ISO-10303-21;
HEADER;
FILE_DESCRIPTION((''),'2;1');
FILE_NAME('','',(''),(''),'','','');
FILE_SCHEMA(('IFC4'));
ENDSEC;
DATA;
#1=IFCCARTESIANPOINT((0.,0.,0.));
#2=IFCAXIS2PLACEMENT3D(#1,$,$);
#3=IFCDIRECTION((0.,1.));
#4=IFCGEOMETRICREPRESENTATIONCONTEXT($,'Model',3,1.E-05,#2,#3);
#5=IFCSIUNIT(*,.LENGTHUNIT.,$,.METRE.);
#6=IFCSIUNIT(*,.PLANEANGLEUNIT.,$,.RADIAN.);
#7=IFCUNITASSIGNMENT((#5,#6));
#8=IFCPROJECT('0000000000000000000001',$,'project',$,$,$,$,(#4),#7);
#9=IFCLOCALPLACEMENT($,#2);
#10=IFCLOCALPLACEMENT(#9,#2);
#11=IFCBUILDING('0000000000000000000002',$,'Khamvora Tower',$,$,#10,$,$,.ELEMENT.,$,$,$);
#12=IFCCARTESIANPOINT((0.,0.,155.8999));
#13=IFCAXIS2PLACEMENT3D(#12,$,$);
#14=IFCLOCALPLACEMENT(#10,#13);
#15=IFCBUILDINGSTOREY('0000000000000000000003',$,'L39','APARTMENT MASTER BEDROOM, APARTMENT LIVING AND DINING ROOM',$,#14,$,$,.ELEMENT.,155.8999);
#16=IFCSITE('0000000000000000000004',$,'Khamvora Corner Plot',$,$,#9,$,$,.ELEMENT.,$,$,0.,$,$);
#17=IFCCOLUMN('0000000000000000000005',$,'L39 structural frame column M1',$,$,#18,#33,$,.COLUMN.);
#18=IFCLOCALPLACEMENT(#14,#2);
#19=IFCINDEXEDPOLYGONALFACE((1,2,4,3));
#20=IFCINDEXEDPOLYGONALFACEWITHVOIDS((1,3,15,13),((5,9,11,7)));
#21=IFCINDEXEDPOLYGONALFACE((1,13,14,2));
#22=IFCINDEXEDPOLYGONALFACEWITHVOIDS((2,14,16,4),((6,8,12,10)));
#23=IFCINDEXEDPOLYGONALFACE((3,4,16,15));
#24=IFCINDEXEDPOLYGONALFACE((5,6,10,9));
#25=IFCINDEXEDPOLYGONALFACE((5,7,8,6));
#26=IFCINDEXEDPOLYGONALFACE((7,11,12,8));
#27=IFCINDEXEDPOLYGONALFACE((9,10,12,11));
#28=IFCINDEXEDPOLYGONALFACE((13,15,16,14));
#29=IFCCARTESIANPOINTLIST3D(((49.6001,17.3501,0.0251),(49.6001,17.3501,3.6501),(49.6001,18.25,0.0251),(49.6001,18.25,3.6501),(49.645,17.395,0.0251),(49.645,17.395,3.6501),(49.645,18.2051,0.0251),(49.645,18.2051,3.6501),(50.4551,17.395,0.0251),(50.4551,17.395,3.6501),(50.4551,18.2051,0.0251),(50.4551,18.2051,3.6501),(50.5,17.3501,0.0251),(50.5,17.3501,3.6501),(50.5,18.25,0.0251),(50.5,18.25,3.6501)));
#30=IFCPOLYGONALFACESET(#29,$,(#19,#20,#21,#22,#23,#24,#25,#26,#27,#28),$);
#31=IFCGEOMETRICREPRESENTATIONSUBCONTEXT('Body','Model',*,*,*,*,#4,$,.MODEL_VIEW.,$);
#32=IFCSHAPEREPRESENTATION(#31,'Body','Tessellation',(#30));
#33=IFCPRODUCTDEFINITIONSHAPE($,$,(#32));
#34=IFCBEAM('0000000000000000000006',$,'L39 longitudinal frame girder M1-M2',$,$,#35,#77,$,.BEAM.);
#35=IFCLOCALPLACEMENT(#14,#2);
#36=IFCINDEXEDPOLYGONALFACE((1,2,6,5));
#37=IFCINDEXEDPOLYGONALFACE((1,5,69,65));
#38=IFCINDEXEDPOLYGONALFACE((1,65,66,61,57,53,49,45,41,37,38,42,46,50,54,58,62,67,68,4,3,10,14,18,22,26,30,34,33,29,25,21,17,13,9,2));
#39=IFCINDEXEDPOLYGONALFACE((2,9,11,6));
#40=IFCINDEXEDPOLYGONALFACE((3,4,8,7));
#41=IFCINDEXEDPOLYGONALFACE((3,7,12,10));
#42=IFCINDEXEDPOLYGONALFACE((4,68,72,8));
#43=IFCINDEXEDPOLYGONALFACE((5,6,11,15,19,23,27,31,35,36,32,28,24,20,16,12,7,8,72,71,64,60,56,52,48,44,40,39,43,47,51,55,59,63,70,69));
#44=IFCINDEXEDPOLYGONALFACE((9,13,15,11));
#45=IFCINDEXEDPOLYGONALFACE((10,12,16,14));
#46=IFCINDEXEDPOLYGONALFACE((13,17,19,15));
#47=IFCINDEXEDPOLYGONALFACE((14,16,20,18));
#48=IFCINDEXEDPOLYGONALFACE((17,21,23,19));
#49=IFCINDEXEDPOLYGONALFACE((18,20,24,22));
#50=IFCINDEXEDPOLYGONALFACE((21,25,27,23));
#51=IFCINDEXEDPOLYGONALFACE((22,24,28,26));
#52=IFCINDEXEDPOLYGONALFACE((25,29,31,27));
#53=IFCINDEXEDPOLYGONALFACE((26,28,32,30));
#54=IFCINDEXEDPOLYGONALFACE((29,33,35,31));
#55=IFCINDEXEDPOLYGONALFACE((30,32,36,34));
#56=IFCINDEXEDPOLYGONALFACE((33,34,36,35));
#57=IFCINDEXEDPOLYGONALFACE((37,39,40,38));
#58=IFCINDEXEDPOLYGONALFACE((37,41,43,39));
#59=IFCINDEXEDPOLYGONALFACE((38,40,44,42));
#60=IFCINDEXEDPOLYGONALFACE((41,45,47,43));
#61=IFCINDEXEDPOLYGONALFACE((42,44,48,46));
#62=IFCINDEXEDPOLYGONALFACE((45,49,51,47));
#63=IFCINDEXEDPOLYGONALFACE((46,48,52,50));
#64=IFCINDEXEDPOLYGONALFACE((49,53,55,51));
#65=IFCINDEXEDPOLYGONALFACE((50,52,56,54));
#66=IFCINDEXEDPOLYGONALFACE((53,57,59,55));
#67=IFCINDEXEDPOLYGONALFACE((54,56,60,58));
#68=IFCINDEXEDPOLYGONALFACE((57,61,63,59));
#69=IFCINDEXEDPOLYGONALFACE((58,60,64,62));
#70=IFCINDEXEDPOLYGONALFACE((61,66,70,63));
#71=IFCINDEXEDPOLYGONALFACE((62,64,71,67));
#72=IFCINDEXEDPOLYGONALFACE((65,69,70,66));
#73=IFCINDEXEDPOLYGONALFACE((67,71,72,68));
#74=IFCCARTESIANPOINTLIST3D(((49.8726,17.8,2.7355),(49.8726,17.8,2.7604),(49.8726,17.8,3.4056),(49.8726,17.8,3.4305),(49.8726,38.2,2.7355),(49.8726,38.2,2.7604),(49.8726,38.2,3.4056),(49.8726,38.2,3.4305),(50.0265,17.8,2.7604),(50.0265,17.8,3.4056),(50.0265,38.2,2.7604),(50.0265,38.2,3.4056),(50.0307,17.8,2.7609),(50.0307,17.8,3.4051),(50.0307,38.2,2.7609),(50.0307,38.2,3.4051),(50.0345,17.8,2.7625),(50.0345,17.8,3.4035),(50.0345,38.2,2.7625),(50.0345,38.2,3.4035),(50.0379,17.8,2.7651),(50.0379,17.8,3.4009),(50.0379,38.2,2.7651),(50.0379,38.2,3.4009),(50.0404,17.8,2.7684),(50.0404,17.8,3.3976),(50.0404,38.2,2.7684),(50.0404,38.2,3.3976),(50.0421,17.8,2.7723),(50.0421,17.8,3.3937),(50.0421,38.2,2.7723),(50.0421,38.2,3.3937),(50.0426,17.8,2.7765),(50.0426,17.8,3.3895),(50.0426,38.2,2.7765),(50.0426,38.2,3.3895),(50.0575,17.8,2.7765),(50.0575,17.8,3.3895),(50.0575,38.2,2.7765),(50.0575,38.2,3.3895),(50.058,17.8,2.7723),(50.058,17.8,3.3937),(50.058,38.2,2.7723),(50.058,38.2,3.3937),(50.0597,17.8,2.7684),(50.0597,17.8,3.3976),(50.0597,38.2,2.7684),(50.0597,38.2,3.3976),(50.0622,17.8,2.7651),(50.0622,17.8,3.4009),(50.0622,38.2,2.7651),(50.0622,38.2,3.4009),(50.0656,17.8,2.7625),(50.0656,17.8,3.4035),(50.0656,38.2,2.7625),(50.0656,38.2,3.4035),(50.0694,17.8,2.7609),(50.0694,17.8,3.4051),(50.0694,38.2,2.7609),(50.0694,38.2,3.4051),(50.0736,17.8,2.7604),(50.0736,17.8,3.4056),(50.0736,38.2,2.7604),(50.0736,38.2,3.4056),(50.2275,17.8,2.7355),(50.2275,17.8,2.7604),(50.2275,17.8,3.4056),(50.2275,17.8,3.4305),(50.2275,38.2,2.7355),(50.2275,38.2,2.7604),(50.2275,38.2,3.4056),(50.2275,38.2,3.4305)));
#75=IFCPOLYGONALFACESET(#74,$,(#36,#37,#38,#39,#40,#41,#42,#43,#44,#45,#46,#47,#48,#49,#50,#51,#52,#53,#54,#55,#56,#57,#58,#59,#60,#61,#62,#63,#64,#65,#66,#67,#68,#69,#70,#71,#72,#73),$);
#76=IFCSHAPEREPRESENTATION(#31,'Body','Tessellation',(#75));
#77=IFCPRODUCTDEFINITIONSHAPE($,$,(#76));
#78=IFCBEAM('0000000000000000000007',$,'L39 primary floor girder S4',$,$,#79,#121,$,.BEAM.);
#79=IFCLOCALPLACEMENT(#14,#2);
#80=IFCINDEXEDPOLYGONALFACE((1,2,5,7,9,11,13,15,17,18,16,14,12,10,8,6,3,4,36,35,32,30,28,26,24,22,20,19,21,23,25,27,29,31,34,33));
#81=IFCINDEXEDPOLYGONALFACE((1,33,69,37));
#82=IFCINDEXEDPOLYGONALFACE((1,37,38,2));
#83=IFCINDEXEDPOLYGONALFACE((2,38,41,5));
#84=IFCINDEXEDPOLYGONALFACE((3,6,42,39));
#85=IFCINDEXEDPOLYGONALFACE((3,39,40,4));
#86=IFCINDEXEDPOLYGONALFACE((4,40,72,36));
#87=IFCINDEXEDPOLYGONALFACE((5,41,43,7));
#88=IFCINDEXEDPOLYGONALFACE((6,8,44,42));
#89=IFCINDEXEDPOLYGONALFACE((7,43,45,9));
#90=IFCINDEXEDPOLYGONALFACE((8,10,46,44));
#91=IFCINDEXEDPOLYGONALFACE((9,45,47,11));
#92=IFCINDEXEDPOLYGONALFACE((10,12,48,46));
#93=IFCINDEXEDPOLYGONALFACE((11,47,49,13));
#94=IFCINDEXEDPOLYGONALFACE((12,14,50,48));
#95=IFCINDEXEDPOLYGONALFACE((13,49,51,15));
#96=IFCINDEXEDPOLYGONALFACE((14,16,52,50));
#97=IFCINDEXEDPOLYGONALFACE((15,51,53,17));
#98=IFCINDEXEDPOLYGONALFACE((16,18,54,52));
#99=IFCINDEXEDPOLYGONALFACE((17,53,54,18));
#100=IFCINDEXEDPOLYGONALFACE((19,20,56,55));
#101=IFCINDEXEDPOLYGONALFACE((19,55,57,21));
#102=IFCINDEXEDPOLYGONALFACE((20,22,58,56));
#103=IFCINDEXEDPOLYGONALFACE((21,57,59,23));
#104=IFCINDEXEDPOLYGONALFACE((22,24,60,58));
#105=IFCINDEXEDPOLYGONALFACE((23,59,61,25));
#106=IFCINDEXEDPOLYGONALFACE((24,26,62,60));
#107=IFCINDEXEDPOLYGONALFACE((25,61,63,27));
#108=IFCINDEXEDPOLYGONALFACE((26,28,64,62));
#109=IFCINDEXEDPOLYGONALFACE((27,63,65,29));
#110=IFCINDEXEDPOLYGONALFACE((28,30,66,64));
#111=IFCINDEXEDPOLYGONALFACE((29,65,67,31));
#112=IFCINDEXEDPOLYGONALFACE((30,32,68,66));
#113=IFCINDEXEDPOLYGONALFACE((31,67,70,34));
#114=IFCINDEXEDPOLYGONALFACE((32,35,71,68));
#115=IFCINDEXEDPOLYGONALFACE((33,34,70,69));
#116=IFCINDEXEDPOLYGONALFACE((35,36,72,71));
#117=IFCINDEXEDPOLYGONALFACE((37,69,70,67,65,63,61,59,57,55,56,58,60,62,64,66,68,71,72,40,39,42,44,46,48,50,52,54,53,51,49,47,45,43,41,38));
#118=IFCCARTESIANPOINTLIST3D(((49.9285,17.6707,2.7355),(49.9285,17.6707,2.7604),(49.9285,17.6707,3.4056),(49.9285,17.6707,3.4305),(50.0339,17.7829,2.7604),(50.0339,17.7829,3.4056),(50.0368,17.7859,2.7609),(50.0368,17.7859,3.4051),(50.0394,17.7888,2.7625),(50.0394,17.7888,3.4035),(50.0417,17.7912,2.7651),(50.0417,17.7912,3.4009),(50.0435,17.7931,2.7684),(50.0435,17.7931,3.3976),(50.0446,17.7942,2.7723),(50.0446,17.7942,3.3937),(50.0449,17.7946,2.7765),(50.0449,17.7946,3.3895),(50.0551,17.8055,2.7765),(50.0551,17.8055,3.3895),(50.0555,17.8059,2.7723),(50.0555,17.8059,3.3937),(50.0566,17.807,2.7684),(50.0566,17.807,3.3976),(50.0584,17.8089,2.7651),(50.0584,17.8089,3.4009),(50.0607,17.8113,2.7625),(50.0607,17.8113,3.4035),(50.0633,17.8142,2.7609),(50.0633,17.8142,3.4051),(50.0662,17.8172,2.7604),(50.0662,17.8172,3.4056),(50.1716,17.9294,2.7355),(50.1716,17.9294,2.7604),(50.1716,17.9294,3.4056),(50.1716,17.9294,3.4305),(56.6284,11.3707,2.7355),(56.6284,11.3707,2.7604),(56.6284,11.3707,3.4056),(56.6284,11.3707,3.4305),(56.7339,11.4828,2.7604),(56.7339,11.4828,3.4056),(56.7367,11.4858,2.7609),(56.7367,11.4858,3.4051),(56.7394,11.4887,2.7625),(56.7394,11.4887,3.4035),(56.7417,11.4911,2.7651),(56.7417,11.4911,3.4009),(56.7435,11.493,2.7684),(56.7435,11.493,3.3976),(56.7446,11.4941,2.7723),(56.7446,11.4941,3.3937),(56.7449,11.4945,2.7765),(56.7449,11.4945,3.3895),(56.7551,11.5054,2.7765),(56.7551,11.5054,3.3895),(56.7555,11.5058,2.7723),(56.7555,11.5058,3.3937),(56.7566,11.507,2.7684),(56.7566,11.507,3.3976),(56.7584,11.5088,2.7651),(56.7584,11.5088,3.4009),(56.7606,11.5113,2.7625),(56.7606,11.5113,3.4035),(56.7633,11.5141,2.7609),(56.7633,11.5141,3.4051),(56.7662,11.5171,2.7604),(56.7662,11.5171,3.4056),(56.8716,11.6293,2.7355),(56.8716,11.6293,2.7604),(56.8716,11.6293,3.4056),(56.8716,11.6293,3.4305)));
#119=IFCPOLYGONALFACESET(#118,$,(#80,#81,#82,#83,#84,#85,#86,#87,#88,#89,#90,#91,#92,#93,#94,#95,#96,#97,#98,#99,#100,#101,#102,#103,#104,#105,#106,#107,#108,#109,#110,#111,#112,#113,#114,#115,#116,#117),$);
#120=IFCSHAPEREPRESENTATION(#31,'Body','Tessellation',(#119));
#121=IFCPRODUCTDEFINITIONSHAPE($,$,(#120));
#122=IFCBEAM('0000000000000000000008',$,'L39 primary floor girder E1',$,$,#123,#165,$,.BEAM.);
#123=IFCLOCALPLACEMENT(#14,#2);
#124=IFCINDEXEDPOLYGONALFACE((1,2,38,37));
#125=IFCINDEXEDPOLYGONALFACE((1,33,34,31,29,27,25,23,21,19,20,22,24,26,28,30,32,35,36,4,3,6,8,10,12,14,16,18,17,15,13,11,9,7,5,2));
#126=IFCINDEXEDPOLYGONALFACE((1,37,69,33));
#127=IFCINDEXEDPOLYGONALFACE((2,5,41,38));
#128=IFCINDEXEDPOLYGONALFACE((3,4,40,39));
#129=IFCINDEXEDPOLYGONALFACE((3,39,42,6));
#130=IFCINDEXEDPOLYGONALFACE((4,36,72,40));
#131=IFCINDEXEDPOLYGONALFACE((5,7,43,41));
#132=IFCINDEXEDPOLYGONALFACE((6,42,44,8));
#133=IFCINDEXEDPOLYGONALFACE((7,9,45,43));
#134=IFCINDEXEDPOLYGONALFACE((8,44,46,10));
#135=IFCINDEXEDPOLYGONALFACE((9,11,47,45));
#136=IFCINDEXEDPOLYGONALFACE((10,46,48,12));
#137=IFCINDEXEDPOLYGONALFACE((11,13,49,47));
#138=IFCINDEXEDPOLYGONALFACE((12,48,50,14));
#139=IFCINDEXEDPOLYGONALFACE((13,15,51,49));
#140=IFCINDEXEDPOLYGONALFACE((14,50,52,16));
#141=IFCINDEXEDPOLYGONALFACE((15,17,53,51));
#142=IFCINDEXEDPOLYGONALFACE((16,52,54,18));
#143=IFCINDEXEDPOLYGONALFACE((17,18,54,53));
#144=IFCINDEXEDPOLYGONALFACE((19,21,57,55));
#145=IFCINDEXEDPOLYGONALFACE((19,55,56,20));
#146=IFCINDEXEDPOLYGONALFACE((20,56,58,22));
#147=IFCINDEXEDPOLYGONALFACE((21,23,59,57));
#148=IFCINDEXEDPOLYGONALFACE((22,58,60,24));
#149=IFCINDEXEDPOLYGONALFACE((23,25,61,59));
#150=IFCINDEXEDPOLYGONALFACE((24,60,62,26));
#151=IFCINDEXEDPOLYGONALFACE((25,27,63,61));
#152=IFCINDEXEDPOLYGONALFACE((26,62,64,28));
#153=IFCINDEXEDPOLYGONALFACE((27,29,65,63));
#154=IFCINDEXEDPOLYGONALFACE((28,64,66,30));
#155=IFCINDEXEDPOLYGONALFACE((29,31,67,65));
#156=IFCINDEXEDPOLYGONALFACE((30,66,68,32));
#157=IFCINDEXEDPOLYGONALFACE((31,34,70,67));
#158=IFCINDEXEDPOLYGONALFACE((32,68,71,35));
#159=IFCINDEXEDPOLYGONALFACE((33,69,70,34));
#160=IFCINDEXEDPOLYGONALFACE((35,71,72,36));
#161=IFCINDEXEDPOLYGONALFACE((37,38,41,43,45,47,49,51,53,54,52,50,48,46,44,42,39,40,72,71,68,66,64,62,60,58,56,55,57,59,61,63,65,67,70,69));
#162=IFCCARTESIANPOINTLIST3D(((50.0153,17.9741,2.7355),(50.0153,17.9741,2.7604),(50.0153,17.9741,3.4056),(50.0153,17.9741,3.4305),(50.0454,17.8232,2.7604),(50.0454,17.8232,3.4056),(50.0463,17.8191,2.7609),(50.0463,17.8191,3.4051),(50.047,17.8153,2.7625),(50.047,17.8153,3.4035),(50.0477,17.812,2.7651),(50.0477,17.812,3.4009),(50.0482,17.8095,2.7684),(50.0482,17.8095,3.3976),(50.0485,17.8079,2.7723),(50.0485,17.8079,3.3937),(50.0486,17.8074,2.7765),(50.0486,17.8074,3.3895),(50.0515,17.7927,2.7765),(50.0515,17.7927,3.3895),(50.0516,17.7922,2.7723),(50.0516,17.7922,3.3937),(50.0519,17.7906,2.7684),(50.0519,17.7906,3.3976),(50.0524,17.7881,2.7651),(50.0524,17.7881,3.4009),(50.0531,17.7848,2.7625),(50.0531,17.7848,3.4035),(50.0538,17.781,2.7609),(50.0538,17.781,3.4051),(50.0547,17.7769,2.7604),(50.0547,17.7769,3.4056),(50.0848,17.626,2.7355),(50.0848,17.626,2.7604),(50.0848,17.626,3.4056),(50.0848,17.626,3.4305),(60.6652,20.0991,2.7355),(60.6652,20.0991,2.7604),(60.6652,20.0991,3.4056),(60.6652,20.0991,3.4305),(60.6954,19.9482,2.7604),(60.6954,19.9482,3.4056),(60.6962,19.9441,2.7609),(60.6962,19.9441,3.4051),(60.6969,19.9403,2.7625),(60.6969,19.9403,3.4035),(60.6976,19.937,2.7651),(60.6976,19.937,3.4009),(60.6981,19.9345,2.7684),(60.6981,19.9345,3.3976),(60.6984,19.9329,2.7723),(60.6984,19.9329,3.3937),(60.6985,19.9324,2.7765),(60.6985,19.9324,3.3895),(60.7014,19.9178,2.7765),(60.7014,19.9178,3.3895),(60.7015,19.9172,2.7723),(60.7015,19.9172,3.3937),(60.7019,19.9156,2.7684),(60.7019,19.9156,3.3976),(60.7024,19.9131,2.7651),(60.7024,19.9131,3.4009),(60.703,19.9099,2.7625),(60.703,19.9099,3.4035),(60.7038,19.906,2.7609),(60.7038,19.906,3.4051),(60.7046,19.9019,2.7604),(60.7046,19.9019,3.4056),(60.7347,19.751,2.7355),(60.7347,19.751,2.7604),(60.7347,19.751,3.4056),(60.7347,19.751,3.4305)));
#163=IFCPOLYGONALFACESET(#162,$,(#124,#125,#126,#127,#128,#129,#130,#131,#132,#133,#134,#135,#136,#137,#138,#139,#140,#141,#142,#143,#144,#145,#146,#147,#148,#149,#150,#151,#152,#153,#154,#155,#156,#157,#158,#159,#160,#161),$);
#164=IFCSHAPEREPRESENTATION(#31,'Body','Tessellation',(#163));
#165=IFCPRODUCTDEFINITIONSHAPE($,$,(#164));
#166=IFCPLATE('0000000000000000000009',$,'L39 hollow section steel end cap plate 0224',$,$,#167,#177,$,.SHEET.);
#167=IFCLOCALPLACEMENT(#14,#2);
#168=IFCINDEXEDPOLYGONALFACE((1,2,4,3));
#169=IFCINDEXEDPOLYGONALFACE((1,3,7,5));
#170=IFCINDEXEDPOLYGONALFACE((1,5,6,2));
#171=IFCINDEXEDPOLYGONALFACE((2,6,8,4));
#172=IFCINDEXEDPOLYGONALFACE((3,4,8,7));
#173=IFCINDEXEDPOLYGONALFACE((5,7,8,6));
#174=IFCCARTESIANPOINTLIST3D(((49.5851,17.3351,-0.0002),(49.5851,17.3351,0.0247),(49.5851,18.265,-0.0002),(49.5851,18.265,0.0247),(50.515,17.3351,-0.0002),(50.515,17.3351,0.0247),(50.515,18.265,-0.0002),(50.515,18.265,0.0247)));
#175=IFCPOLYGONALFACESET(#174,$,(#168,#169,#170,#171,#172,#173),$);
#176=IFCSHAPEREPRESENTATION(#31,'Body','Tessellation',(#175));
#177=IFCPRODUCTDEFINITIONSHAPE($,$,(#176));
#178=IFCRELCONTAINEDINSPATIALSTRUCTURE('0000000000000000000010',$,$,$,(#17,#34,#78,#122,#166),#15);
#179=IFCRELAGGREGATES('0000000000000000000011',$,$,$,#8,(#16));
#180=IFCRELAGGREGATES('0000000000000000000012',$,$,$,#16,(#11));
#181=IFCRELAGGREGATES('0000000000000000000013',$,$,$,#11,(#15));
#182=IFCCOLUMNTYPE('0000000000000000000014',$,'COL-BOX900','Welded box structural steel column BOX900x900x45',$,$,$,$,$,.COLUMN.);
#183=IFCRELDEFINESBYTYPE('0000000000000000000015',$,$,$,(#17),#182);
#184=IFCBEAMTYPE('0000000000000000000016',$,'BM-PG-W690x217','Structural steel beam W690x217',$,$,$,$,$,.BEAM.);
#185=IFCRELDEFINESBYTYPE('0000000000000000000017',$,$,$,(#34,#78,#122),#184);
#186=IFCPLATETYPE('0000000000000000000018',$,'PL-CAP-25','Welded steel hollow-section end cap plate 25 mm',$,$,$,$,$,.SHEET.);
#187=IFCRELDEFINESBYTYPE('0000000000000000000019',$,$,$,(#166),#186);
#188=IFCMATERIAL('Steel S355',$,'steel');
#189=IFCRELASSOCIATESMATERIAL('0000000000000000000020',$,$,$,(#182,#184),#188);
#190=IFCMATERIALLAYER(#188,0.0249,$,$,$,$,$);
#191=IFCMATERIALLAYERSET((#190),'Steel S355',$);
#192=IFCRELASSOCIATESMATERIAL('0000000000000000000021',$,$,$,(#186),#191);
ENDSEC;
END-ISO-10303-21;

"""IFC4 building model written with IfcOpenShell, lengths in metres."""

from ifc_helpers import new_model, si_unit, direction, frame, origin, origin_2d, place, context, subcontext, project, spatial, rectangle, hollow_rectangle, i_section, extrude, material, layer, layer_set, material_profile, profile_set, type_object, element, save


model = new_model("IFC4")

# Units and contexts
model_context = context("Model", 3, precision=1e-05, world=origin(), true_north=direction((0.0, 1.0)))
body_context = subcontext(model_context, "Body", "Model", "MODEL_VIEW")
ifc_project = project(units=[si_unit("LENGTHUNIT", "METRE"), si_unit("PLANEANGLEUNIT", "RADIAN")], contexts=[model_context])

# Site, building, storey
site_placement = place(None, origin())
site = spatial("IfcSite", under=ifc_project, at=site_placement, Name="Khamvora Corner Plot", CompositionType="ELEMENT", RefElevation=0.0)
building_placement = place(site_placement, origin())
building = spatial("IfcBuilding", under=site, at=building_placement, Name="Khamvora Tower", CompositionType="ELEMENT")
storey_placement = place(building_placement, frame((0.0, 0.0, 155.8999)))
storey = spatial("IfcBuildingStorey", under=building, at=storey_placement, Name="L39", Description="APARTMENT MASTER BEDROOM, APARTMENT LIVING AND DINING ROOM", CompositionType="ELEMENT", Elevation=155.8999)

# Column
ifc_material_1 = material(Name="Steel S355", Category="steel")
ifc_material_profile_1 = material_profile(ifc_material_1, hollow_rectangle(XDim=0.8999, YDim=0.8999, WallThickness=0.0449, at=origin_2d()), Name="BOX900x900x45")
ifc_profile_set_1 = profile_set([ifc_material_profile_1], Name="Steel S355")
column_type = type_object("IfcColumnType", Name="COL-BOX900", Description="Welded box structural steel column BOX900x900x45", PredefinedType="COLUMN", material=ifc_profile_set_1)
column_placement = place(storey_placement, frame((50.05, 17.8, 0.0251), z_axis=(0.0, 0.0, 1.0), x_axis=(1.0, 0.0, 0.0)))
element("IfcColumn", 1, at=column_placement, inside=storey, type_object=column_type, Name="L39 structural frame column M1", PredefinedType="COLUMN", context=body_context, shape_type="SweptSolid", body=[
    extrude(hollow_rectangle(XDim=0.8999, YDim=0.8999, WallThickness=0.0449, at=origin_2d()), origin(), (0.0, 0.0, 1.0), 3.625),
])

# Beams
ifc_material_profile_2 = material_profile(ifc_material_1, i_section(OverallWidth=0.355, OverallDepth=0.6951, WebThickness=0.0149, FlangeThickness=0.0249, FilletRadius=0.0161, at=origin_2d()), Name="W690x217")
ifc_profile_set_2 = profile_set([ifc_material_profile_2], Name="Steel S355")
beam_type = type_object("IfcBeamType", Name="BM-PG-W690x217", Description="Structural steel beam W690x217", PredefinedType="BEAM", material=ifc_profile_set_2)
beam_1_placement = place(storey_placement, frame((50.05, 17.8, 3.083), z_axis=(0.0, 1.0, 0.0), x_axis=(-1.0, 0.0, 0.0)))
element("IfcBeam", 2, at=beam_1_placement, inside=storey, type_object=beam_type, Name="L39 longitudinal frame girder M1-M2", PredefinedType="BEAM", context=body_context, shape_type="SweptSolid", body=[
    extrude(i_section(OverallWidth=0.355, OverallDepth=0.6951, WebThickness=0.0149, FlangeThickness=0.0249, FilletRadius=0.0161, at=origin_2d()), origin(), (0.0, 0.0, 1.0), 20.3999),
])
beam_2_placement = place(storey_placement, frame((50.05, 17.8, 3.083), z_axis=(0.728514, -0.685031, 0.0), x_axis=(0.685031, 0.728514, 0.0)))
element("IfcBeam", 3, at=beam_2_placement, inside=storey, type_object=beam_type, Name="L39 primary floor girder S4", PredefinedType="BEAM", context=body_context, shape_type="SweptSolid", body=[
    extrude(i_section(OverallWidth=0.355, OverallDepth=0.6951, WebThickness=0.0149, FlangeThickness=0.0249, FilletRadius=0.0161, at=origin_2d()), origin(), (0.0, 0.0, 1.0), 9.1968),
])
beam_3_placement = place(storey_placement, frame((50.05, 17.8, 3.083), z_axis=(0.980669, 0.195675, 0.0), x_axis=(-0.195675, 0.980669, 0.0)))
element("IfcBeam", 4, at=beam_3_placement, inside=storey, type_object=beam_type, Name="L39 primary floor girder E1", PredefinedType="BEAM", context=body_context, shape_type="SweptSolid", body=[
    extrude(i_section(OverallWidth=0.355, OverallDepth=0.6951, WebThickness=0.0149, FlangeThickness=0.0249, FilletRadius=0.0161, at=origin_2d()), origin(), (0.0, 0.0, 1.0), 10.8599),
])

# Plate
ifc_layer_1 = layer(ifc_material_1, 0.0249)
ifc_layer_set_1 = layer_set([ifc_layer_1], Name="Steel S355")
plate_type = type_object("IfcPlateType", Name="PL-CAP-25", Description="Welded steel hollow-section end cap plate 25 mm", PredefinedType="SHEET", material=ifc_layer_set_1)
plate_placement = place(storey_placement, frame((50.05, 17.8, -0.0002), z_axis=(0.0, 0.0, 1.0), x_axis=(1.0, 0.0, 0.0)))
element("IfcPlate", 5, at=plate_placement, inside=storey, type_object=plate_type, Name="L39 hollow section steel end cap plate 0224", PredefinedType="SHEET", context=body_context, shape_type="SweptSolid", body=[
    extrude(rectangle(XDim=0.9299, YDim=0.9299, at=origin_2d()), origin(), (0.0, 0.0, 1.0), 0.0249),
])

save(model, "model.ifc")
